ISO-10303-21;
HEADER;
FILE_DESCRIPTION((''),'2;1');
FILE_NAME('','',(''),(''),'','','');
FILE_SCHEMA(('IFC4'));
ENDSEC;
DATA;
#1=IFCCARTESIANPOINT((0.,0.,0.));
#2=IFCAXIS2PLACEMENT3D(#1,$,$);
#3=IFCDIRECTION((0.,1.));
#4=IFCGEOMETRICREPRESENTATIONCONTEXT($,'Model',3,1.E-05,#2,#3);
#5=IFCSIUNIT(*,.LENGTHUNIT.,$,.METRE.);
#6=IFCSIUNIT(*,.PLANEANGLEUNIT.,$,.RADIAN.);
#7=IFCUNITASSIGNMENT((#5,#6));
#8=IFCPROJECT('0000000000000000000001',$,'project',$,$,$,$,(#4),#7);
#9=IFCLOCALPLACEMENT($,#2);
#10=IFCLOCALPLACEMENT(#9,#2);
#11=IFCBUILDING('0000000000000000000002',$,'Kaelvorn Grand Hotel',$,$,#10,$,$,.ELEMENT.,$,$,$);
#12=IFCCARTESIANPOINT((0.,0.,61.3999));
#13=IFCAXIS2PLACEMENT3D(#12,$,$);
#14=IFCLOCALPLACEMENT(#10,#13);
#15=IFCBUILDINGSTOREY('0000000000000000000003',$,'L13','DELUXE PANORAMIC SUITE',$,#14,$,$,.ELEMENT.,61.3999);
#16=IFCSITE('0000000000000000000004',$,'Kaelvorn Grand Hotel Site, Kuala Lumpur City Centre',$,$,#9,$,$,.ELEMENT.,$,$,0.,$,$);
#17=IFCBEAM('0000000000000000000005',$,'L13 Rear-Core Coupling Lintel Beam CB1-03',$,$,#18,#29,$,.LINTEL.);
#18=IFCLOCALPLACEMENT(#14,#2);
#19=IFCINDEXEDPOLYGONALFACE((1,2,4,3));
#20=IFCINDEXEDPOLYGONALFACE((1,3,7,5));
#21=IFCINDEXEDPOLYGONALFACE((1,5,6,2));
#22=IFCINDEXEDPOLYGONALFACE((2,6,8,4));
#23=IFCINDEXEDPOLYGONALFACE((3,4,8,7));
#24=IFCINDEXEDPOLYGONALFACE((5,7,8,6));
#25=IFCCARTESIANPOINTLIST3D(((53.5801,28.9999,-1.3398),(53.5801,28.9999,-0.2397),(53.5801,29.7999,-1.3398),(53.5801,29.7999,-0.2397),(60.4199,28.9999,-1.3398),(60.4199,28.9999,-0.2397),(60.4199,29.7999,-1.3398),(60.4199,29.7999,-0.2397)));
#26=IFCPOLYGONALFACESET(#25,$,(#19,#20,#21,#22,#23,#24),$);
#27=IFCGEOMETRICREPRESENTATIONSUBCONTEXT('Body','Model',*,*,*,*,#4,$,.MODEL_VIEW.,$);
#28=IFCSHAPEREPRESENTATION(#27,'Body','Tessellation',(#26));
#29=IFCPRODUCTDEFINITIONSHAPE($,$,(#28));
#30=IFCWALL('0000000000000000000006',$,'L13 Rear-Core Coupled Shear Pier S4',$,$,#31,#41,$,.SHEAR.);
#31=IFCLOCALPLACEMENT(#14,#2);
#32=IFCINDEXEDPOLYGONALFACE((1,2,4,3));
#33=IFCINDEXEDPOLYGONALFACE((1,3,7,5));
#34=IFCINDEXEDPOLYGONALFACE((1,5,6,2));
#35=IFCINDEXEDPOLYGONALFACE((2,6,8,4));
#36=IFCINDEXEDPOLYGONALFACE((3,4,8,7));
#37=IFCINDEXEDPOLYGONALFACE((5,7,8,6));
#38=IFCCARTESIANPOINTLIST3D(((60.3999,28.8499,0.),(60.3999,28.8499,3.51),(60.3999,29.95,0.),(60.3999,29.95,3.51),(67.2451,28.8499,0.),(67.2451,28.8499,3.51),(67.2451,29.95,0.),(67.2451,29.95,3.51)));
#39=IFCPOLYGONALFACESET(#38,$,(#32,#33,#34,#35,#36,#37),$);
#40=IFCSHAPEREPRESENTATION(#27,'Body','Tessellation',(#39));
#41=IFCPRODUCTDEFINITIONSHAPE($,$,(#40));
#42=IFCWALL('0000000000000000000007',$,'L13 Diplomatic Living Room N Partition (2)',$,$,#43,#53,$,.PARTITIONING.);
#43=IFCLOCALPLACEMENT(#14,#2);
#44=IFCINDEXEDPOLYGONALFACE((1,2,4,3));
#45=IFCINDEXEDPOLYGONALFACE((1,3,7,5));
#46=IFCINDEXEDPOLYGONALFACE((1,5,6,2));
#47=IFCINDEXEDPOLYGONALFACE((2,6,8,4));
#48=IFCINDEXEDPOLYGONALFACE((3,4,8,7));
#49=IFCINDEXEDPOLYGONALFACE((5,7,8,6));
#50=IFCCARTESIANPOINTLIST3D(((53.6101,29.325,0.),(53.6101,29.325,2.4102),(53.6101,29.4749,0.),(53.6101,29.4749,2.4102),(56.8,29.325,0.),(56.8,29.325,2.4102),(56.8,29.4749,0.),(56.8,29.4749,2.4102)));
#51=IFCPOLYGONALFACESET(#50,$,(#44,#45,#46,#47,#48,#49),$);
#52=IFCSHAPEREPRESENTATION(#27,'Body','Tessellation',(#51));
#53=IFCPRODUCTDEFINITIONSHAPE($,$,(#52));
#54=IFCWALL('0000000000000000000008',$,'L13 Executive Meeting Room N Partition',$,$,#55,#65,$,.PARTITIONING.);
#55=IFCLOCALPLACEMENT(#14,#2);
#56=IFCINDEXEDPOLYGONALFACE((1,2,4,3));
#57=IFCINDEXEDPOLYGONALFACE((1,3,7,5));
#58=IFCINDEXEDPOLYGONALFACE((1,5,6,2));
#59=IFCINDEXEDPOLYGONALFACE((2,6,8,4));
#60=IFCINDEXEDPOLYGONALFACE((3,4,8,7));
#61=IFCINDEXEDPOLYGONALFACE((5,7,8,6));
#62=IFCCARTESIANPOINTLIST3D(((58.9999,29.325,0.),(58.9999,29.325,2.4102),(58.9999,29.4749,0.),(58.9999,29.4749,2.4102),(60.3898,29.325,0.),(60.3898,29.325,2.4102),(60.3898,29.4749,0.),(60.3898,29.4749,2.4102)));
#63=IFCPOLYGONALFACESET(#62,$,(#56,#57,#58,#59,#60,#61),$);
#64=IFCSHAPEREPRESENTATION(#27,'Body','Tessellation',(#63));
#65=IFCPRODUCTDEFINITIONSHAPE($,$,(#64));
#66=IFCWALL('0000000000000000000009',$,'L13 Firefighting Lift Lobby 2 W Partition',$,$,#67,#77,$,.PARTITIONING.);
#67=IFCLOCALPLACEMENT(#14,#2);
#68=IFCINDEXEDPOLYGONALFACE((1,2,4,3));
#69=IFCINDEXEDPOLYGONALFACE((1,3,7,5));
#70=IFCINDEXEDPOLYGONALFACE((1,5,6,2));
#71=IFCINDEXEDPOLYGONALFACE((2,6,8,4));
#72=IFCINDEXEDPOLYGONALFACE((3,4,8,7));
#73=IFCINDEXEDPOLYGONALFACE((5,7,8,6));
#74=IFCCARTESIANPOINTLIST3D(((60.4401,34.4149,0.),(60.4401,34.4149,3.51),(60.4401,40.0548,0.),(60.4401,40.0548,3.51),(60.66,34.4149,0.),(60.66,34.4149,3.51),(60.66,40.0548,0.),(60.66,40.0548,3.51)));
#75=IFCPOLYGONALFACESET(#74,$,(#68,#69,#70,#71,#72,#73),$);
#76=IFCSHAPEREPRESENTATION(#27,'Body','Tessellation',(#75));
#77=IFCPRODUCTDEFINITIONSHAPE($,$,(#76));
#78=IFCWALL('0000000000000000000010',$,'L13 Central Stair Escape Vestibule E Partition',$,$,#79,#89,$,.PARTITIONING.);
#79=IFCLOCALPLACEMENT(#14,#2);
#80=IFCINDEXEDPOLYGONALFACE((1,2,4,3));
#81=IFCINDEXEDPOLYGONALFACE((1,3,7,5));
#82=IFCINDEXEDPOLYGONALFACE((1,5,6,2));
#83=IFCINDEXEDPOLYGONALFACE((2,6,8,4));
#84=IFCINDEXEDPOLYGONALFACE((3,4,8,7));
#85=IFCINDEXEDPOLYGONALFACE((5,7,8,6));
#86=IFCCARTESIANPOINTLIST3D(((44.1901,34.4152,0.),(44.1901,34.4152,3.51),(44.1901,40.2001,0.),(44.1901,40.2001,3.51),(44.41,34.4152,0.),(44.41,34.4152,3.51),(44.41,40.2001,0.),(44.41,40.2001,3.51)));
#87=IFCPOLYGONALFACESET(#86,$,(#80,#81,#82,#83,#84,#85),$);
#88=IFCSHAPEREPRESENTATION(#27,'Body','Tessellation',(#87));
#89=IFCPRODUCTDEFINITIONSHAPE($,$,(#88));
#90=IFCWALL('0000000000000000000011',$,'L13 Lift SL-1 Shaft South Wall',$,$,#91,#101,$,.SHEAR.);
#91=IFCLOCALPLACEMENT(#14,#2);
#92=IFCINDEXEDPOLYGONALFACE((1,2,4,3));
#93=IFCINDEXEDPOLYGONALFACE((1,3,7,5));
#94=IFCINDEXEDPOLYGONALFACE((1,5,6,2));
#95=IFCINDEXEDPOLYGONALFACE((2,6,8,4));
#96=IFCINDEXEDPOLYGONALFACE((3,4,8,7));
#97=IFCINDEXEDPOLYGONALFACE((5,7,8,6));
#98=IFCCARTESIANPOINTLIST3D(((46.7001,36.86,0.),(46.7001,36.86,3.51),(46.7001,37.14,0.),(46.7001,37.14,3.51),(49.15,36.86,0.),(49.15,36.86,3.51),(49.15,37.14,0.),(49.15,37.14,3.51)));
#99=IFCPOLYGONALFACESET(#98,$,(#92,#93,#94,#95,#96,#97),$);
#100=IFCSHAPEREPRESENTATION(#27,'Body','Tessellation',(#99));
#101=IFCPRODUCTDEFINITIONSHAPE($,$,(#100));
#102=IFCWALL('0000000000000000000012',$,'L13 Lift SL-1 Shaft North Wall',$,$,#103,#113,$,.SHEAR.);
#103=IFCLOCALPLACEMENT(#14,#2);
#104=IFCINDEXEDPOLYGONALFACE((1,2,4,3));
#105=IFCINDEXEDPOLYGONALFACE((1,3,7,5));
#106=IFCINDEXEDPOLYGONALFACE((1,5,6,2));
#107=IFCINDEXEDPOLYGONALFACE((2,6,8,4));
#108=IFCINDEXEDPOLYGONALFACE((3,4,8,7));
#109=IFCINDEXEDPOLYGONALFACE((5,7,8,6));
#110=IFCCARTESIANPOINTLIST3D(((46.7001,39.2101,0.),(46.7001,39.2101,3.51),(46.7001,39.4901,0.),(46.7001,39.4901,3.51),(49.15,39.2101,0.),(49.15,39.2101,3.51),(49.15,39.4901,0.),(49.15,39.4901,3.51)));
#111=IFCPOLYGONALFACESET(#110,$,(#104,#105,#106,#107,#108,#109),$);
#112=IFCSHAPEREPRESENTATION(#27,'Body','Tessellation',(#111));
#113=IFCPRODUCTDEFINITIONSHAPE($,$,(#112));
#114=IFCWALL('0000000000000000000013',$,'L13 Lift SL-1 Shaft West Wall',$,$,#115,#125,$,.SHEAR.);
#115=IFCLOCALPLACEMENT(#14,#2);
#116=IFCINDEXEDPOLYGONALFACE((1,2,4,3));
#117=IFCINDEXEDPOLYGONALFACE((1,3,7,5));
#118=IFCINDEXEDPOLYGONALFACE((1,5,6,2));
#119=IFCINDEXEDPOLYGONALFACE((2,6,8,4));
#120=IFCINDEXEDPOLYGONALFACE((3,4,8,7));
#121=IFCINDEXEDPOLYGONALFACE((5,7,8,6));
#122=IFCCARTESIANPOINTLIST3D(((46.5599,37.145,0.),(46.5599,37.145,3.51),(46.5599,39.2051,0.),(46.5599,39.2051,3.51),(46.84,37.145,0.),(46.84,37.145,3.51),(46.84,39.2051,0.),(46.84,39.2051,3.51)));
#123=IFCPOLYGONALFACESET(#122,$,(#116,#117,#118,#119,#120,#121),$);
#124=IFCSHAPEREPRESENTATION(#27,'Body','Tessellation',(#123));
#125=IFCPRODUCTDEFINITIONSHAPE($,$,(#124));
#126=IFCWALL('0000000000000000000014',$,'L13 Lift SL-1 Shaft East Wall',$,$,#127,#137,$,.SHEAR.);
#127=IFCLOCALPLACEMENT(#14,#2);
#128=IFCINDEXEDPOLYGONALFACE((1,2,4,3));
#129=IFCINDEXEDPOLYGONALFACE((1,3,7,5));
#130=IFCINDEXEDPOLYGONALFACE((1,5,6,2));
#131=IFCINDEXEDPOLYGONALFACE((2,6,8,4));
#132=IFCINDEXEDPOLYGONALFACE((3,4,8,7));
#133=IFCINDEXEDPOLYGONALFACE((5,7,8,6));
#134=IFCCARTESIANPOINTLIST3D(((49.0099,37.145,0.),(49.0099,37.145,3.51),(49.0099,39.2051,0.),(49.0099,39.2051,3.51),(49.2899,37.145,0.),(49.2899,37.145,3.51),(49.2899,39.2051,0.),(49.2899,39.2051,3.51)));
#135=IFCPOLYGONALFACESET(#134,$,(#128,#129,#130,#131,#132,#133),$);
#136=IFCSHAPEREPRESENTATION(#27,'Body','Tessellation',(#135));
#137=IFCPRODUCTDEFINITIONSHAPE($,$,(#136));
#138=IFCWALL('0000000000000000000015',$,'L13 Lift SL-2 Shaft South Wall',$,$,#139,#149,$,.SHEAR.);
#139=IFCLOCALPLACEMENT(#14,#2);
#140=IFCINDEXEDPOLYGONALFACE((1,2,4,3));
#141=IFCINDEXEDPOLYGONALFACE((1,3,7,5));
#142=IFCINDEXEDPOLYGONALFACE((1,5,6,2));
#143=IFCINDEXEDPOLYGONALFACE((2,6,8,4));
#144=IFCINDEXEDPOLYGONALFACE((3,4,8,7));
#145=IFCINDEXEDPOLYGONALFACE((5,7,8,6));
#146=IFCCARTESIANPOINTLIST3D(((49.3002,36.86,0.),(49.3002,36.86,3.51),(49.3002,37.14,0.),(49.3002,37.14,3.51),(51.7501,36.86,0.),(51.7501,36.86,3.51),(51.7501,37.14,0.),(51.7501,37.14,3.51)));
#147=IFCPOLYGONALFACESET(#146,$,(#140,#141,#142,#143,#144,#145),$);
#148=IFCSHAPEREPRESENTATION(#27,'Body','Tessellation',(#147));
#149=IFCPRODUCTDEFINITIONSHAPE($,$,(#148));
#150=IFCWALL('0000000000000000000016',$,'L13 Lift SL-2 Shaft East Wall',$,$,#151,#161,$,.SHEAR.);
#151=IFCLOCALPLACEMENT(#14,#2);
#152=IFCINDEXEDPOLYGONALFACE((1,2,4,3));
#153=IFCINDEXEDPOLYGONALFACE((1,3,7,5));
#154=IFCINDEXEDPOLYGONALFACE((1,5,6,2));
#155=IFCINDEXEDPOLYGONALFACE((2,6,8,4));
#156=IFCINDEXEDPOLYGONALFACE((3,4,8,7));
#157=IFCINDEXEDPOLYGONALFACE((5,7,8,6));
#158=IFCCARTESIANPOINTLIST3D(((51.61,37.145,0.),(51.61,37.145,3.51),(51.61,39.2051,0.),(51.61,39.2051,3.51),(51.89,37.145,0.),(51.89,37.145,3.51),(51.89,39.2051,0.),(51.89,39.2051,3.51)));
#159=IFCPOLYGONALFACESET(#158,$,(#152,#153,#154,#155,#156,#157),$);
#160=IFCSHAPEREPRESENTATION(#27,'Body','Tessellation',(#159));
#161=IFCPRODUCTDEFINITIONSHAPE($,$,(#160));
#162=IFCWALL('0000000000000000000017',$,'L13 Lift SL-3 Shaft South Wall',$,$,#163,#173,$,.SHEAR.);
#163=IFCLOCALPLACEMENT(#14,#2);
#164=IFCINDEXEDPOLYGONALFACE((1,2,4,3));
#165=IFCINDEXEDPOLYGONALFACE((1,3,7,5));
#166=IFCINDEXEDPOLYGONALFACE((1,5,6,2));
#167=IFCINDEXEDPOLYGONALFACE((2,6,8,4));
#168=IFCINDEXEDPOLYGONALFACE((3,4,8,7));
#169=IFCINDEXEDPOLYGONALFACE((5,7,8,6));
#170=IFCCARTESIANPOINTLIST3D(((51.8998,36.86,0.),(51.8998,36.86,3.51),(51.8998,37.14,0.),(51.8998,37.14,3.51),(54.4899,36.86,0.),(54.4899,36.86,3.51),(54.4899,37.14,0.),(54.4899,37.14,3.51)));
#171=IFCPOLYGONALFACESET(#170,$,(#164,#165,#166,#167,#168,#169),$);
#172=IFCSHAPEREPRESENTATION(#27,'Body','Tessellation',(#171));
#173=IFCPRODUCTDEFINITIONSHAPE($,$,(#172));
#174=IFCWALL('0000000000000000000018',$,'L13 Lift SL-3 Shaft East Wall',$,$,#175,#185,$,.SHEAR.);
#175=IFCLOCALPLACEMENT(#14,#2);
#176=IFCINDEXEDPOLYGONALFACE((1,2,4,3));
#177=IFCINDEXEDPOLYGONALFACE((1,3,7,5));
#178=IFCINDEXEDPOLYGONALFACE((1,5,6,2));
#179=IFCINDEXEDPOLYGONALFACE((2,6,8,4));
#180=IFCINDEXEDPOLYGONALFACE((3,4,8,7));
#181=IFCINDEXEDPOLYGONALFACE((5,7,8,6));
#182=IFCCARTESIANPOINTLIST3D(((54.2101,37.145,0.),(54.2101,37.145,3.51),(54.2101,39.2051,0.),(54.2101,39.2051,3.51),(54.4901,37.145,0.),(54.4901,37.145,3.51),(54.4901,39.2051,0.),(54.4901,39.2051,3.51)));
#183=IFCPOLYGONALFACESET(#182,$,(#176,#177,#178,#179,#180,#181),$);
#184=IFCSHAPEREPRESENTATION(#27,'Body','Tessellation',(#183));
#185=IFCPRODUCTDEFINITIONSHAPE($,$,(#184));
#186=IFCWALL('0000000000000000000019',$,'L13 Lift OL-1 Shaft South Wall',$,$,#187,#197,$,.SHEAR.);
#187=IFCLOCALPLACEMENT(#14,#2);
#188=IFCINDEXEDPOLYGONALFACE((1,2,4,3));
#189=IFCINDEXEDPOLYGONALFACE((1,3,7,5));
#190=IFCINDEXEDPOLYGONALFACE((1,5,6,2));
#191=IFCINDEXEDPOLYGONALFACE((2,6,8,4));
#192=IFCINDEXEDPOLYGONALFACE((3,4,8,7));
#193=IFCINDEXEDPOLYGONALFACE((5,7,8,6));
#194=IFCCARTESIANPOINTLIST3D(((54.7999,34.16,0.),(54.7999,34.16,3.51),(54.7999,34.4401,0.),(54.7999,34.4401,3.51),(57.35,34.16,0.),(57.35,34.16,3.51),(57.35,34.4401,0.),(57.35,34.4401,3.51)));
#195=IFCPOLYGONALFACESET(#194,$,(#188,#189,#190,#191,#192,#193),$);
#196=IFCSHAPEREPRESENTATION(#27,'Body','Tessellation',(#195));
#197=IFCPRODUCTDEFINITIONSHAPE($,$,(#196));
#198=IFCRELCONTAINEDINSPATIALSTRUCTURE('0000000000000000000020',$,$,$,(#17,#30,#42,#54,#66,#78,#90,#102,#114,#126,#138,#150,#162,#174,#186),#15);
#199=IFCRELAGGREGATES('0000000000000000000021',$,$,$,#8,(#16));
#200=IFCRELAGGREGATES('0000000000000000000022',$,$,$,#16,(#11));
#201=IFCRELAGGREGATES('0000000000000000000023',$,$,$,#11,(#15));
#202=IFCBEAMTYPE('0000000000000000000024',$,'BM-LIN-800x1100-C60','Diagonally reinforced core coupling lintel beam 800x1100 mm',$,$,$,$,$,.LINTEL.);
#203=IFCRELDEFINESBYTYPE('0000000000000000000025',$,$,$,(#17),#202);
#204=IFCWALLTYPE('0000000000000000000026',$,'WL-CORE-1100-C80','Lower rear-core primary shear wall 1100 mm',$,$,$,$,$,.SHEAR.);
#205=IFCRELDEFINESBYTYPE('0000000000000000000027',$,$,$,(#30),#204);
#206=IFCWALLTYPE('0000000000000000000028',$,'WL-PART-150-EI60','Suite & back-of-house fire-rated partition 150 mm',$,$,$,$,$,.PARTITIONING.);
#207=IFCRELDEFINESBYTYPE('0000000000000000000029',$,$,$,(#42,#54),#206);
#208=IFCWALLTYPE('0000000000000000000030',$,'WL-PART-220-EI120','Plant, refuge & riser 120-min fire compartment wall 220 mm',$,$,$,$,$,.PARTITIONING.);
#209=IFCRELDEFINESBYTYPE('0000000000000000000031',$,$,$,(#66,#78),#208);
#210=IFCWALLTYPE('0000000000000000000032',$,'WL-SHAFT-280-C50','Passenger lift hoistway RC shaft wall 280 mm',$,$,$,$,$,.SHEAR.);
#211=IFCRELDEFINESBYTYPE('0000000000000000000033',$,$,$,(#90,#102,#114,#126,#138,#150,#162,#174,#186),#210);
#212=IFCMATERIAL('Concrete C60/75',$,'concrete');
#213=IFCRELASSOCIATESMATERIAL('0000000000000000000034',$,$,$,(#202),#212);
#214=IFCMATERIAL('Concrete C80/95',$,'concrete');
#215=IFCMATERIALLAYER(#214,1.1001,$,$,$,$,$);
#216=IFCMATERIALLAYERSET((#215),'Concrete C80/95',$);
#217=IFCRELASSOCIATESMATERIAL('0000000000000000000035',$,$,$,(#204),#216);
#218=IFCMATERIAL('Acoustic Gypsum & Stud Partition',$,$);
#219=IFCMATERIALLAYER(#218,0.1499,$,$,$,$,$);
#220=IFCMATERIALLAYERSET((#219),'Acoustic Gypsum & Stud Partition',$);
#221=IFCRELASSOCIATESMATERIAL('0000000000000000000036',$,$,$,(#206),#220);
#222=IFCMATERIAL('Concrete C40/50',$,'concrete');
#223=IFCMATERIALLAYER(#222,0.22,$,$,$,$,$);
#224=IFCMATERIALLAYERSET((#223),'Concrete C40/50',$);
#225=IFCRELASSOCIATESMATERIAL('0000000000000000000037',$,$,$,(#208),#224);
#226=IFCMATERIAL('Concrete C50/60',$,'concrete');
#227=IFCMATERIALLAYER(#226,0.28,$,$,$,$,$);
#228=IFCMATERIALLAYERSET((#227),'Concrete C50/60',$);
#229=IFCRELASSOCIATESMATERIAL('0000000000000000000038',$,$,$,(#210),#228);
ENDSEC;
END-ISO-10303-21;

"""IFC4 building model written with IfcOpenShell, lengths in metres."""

from ifc_helpers import new_model, si_unit, direction, frame, frame_2d, origin, origin_2d, place, context, subcontext, project, spatial, rectangle, extrude, material, layer, layer_set, material_profile, profile_set, type_object, element, save


model = new_model("IFC4")

# Units and contexts
model_context = context("Model", 3, precision=1e-05, world=origin(), true_north=direction((0.0, 1.0)))
body_context = subcontext(model_context, "Body", "Model", "MODEL_VIEW")
ifc_project = project(units=[si_unit("LENGTHUNIT", "METRE"), si_unit("PLANEANGLEUNIT", "RADIAN")], contexts=[model_context])

# Site, building, storey
site_placement = place(None, origin())
site = spatial("IfcSite", under=ifc_project, at=site_placement, Name="Kaelvorn Grand Hotel Site, Kuala Lumpur City Centre", CompositionType="ELEMENT", RefElevation=0.0)
building_placement = place(site_placement, origin())
building = spatial("IfcBuilding", under=site, at=building_placement, Name="Kaelvorn Grand Hotel", CompositionType="ELEMENT")
storey_placement = place(building_placement, frame((0.0, 0.0, 61.3999)))
storey = spatial("IfcBuildingStorey", under=building, at=storey_placement, Name="L13", Description="DELUXE PANORAMIC SUITE", CompositionType="ELEMENT", Elevation=61.3999)

# Beam
ifc_material_1 = material(Name="Concrete C60/75", Category="concrete")
ifc_material_profile = material_profile(ifc_material_1, rectangle(XDim=0.8, YDim=1.1001, at=origin_2d()), Name="RC LINTEL 800x1100")
ifc_profile_set = profile_set([ifc_material_profile], Name="Concrete C60/75")
beam_type = type_object("IfcBeamType", Name="BM-LIN-800x1100-C60", Description="Diagonally reinforced core coupling lintel beam 800x1100 mm", PredefinedType="LINTEL", material=ifc_profile_set)
beam_placement = place(storey_placement, frame((53.5801, 29.3999, -0.7898), z_axis=(1.0, 0.0, 0.0), x_axis=(0.0, 1.0, 0.0)))
element("IfcBeam", 1, at=beam_placement, inside=storey, type_object=beam_type, Name="L13 Rear-Core Coupling Lintel Beam CB1-03", PredefinedType="LINTEL", context=body_context, shape_type="SweptSolid", body=[
    extrude(rectangle(XDim=0.8, YDim=1.1001, at=origin_2d()), origin(), (0.0, 0.0, 1.0), 6.8398),
])

# Walls
ifc_material_2 = material(Name="Concrete C80/95", Category="concrete")
ifc_layer_1 = layer(ifc_material_2, 1.1001)
ifc_layer_set_1 = layer_set([ifc_layer_1], Name="Concrete C80/95")
wall_type_1 = type_object("IfcWallType", Name="WL-CORE-1100-C80", Description="Lower rear-core primary shear wall 1100 mm", PredefinedType="SHEAR", material=ifc_layer_set_1)
wall_1_placement = place(storey_placement, frame((60.3999, 29.3999, 0.0), z_axis=(0.0, 0.0, 1.0), x_axis=(1.0, 0.0, 0.0)))
element("IfcWall", 2, at=wall_1_placement, inside=storey, type_object=wall_type_1, Name="L13 Rear-Core Coupled Shear Pier S4", PredefinedType="SHEAR", context=body_context, shape_type="SweptSolid", body=[
    extrude(rectangle(XDim=6.8452, YDim=1.1001, at=frame_2d((3.4226, 0.0))), origin(), (0.0, 0.0, 1.0), 3.51),
])
ifc_material_3 = material(Name="Acoustic Gypsum & Stud Partition")
ifc_layer_2 = layer(ifc_material_3, 0.1499)
ifc_layer_set_2 = layer_set([ifc_layer_2], Name="Acoustic Gypsum & Stud Partition")
wall_type_2 = type_object("IfcWallType", Name="WL-PART-150-EI60", Description="Suite & back-of-house fire-rated partition 150 mm", PredefinedType="PARTITIONING", material=ifc_layer_set_2)
wall_2_placement = place(storey_placement, frame((53.6101, 29.3999, 0.0), z_axis=(0.0, 0.0, 1.0), x_axis=(1.0, 0.0, 0.0)))
element("IfcWall", 3, at=wall_2_placement, inside=storey, type_object=wall_type_2, Name="L13 Diplomatic Living Room N Partition (2)", PredefinedType="PARTITIONING", context=body_context, shape_type="SweptSolid", body=[
    extrude(rectangle(XDim=3.1899, YDim=0.1499, at=frame_2d((1.595, 0.0))), origin(), (0.0, 0.0, 1.0), 2.4102),
])
wall_3_placement = place(storey_placement, frame((59.0, 29.3999, 0.0), z_axis=(0.0, 0.0, 1.0), x_axis=(1.0, 0.0, 0.0)))
element("IfcWall", 4, at=wall_3_placement, inside=storey, type_object=wall_type_2, Name="L13 Executive Meeting Room N Partition", PredefinedType="PARTITIONING", context=body_context, shape_type="SweptSolid", body=[
    extrude(rectangle(XDim=1.3899, YDim=0.1499, at=frame_2d((0.6948, 0.0))), origin(), (0.0, 0.0, 1.0), 2.4102),
])

# Shared definitions
ifc_material_4 = material(Name="Concrete C40/50", Category="concrete")
ifc_layer_3 = layer(ifc_material_4, 0.22)
ifc_layer_set_3 = layer_set([ifc_layer_3], Name="Concrete C40/50")
wall_type_3 = type_object("IfcWallType", Name="WL-PART-220-EI120", Description="Plant, refuge & riser 120-min fire compartment wall 220 mm", PredefinedType="PARTITIONING", material=ifc_layer_set_3)

# Walls
wall_4_placement = place(storey_placement, frame((60.55, 34.415, 0.0), z_axis=(0.0, 0.0, 1.0), x_axis=(0.0, 1.0, 0.0)))
element("IfcWall", 5, at=wall_4_placement, inside=storey, type_object=wall_type_3, Name="L13 Firefighting Lift Lobby 2 W Partition", PredefinedType="PARTITIONING", context=body_context, shape_type="SweptSolid", body=[
    extrude(rectangle(XDim=5.6399, YDim=0.22, at=frame_2d((2.8198, 0.0))), origin(), (0.0, 0.0, 1.0), 3.51),
])
wall_5_placement = place(storey_placement, frame((44.3, 34.415, 0.0), z_axis=(0.0, 0.0, 1.0), x_axis=(0.0, 1.0, 0.0)))
element("IfcWall", 6, at=wall_5_placement, inside=storey, type_object=wall_type_3, Name="L13 Central Stair Escape Vestibule E Partition", PredefinedType="PARTITIONING", context=body_context, shape_type="SweptSolid", body=[
    extrude(rectangle(XDim=5.7849, YDim=0.22, at=frame_2d((2.8926, 0.0))), origin(), (0.0, 0.0, 1.0), 3.51),
])
ifc_material_5 = material(Name="Concrete C50/60", Category="concrete")
ifc_layer_4 = layer(ifc_material_5, 0.28)
ifc_layer_set_4 = layer_set([ifc_layer_4], Name="Concrete C50/60")
wall_type_4 = type_object("IfcWallType", Name="WL-SHAFT-280-C50", Description="Passenger lift hoistway RC shaft wall 280 mm", PredefinedType="SHEAR", material=ifc_layer_set_4)
for number, where, z_axis, x_axis, name in (
    (7, (46.7, 37.0, 0.0), (0.0, 0.0, 1.0), (1.0, 0.0, 0.0), "L13 Lift SL-1 Shaft South Wall"),
    (8, (46.7, 39.3501, 0.0), (0.0, 0.0, 1.0), (1.0, 0.0, 0.0), "L13 Lift SL-1 Shaft North Wall"),
):
    element("IfcWall", number, at=place(storey_placement, frame(where, z_axis=z_axis, x_axis=x_axis)), inside=storey, type_object=wall_type_4, Name=name, PredefinedType="SHEAR", context=body_context, shape_type="SweptSolid", body=[
        extrude(rectangle(XDim=2.45, YDim=0.28, at=frame_2d((1.2251, 0.0))), origin(), (0.0, 0.0, 1.0), 3.51),
    ])
for number, where, z_axis, x_axis, name in (
    (9, (46.7, 37.145, 0.0), (0.0, 0.0, 1.0), (0.0, 1.0, 0.0), "L13 Lift SL-1 Shaft West Wall"),
    (10, (49.1499, 37.145, 0.0), (0.0, 0.0, 1.0), (0.0, 1.0, 0.0), "L13 Lift SL-1 Shaft East Wall"),
):
    element("IfcWall", number, at=place(storey_placement, frame(where, z_axis=z_axis, x_axis=x_axis)), inside=storey, type_object=wall_type_4, Name=name, PredefinedType="SHEAR", context=body_context, shape_type="SweptSolid", body=[
        extrude(rectangle(XDim=2.0601, YDim=0.28, at=frame_2d((1.03, 0.0))), origin(), (0.0, 0.0, 1.0), 3.51),
    ])
wall_6_placement = place(storey_placement, frame((49.3, 37.0, 0.0), z_axis=(0.0, 0.0, 1.0), x_axis=(1.0, 0.0, 0.0)))
element("IfcWall", 11, at=wall_6_placement, inside=storey, type_object=wall_type_4, Name="L13 Lift SL-2 Shaft South Wall", PredefinedType="SHEAR", context=body_context, shape_type="SweptSolid", body=[
    extrude(rectangle(XDim=2.45, YDim=0.28, at=frame_2d((1.2251, 0.0))), origin(), (0.0, 0.0, 1.0), 3.51),
])
wall_7_placement = place(storey_placement, frame((51.75, 37.145, 0.0), z_axis=(0.0, 0.0, 1.0), x_axis=(0.0, 1.0, 0.0)))
element("IfcWall", 12, at=wall_7_placement, inside=storey, type_object=wall_type_4, Name="L13 Lift SL-2 Shaft East Wall", PredefinedType="SHEAR", context=body_context, shape_type="SweptSolid", body=[
    extrude(rectangle(XDim=2.0601, YDim=0.28, at=frame_2d((1.03, 0.0))), origin(), (0.0, 0.0, 1.0), 3.51),
])
wall_8_placement = place(storey_placement, frame((51.8999, 37.0, 0.0), z_axis=(0.0, 0.0, 1.0), x_axis=(1.0, 0.0, 0.0)))
element("IfcWall", 13, at=wall_8_placement, inside=storey, type_object=wall_type_4, Name="L13 Lift SL-3 Shaft South Wall", PredefinedType="SHEAR", context=body_context, shape_type="SweptSolid", body=[
    extrude(rectangle(XDim=2.5901, YDim=0.28, at=frame_2d((1.2949, 0.0))), origin(), (0.0, 0.0, 1.0), 3.51),
])
wall_9_placement = place(storey_placement, frame((54.3501, 37.145, 0.0), z_axis=(0.0, 0.0, 1.0), x_axis=(0.0, 1.0, 0.0)))
element("IfcWall", 14, at=wall_9_placement, inside=storey, type_object=wall_type_4, Name="L13 Lift SL-3 Shaft East Wall", PredefinedType="SHEAR", context=body_context, shape_type="SweptSolid", body=[
    extrude(rectangle(XDim=2.0601, YDim=0.28, at=frame_2d((1.03, 0.0))), origin(), (0.0, 0.0, 1.0), 3.51),
])
for number, where, z_axis, x_axis, name in (
    (15, (54.8, 34.3, 0.0), (0.0, 0.0, 1.0), (1.0, 0.0, 0.0), "L13 Lift OL-1 Shaft South Wall"),
):
    element("IfcWall", number, at=place(storey_placement, frame(where, z_axis=z_axis, x_axis=x_axis)), inside=storey, type_object=wall_type_4, Name=name, PredefinedType="SHEAR", context=body_context, shape_type="SweptSolid", body=[
        extrude(rectangle(XDim=2.55, YDim=0.28, at=frame_2d((1.2749, 0.0))), origin(), (0.0, 0.0, 1.0), 3.51),
    ])

save(model, "model.ifc")
